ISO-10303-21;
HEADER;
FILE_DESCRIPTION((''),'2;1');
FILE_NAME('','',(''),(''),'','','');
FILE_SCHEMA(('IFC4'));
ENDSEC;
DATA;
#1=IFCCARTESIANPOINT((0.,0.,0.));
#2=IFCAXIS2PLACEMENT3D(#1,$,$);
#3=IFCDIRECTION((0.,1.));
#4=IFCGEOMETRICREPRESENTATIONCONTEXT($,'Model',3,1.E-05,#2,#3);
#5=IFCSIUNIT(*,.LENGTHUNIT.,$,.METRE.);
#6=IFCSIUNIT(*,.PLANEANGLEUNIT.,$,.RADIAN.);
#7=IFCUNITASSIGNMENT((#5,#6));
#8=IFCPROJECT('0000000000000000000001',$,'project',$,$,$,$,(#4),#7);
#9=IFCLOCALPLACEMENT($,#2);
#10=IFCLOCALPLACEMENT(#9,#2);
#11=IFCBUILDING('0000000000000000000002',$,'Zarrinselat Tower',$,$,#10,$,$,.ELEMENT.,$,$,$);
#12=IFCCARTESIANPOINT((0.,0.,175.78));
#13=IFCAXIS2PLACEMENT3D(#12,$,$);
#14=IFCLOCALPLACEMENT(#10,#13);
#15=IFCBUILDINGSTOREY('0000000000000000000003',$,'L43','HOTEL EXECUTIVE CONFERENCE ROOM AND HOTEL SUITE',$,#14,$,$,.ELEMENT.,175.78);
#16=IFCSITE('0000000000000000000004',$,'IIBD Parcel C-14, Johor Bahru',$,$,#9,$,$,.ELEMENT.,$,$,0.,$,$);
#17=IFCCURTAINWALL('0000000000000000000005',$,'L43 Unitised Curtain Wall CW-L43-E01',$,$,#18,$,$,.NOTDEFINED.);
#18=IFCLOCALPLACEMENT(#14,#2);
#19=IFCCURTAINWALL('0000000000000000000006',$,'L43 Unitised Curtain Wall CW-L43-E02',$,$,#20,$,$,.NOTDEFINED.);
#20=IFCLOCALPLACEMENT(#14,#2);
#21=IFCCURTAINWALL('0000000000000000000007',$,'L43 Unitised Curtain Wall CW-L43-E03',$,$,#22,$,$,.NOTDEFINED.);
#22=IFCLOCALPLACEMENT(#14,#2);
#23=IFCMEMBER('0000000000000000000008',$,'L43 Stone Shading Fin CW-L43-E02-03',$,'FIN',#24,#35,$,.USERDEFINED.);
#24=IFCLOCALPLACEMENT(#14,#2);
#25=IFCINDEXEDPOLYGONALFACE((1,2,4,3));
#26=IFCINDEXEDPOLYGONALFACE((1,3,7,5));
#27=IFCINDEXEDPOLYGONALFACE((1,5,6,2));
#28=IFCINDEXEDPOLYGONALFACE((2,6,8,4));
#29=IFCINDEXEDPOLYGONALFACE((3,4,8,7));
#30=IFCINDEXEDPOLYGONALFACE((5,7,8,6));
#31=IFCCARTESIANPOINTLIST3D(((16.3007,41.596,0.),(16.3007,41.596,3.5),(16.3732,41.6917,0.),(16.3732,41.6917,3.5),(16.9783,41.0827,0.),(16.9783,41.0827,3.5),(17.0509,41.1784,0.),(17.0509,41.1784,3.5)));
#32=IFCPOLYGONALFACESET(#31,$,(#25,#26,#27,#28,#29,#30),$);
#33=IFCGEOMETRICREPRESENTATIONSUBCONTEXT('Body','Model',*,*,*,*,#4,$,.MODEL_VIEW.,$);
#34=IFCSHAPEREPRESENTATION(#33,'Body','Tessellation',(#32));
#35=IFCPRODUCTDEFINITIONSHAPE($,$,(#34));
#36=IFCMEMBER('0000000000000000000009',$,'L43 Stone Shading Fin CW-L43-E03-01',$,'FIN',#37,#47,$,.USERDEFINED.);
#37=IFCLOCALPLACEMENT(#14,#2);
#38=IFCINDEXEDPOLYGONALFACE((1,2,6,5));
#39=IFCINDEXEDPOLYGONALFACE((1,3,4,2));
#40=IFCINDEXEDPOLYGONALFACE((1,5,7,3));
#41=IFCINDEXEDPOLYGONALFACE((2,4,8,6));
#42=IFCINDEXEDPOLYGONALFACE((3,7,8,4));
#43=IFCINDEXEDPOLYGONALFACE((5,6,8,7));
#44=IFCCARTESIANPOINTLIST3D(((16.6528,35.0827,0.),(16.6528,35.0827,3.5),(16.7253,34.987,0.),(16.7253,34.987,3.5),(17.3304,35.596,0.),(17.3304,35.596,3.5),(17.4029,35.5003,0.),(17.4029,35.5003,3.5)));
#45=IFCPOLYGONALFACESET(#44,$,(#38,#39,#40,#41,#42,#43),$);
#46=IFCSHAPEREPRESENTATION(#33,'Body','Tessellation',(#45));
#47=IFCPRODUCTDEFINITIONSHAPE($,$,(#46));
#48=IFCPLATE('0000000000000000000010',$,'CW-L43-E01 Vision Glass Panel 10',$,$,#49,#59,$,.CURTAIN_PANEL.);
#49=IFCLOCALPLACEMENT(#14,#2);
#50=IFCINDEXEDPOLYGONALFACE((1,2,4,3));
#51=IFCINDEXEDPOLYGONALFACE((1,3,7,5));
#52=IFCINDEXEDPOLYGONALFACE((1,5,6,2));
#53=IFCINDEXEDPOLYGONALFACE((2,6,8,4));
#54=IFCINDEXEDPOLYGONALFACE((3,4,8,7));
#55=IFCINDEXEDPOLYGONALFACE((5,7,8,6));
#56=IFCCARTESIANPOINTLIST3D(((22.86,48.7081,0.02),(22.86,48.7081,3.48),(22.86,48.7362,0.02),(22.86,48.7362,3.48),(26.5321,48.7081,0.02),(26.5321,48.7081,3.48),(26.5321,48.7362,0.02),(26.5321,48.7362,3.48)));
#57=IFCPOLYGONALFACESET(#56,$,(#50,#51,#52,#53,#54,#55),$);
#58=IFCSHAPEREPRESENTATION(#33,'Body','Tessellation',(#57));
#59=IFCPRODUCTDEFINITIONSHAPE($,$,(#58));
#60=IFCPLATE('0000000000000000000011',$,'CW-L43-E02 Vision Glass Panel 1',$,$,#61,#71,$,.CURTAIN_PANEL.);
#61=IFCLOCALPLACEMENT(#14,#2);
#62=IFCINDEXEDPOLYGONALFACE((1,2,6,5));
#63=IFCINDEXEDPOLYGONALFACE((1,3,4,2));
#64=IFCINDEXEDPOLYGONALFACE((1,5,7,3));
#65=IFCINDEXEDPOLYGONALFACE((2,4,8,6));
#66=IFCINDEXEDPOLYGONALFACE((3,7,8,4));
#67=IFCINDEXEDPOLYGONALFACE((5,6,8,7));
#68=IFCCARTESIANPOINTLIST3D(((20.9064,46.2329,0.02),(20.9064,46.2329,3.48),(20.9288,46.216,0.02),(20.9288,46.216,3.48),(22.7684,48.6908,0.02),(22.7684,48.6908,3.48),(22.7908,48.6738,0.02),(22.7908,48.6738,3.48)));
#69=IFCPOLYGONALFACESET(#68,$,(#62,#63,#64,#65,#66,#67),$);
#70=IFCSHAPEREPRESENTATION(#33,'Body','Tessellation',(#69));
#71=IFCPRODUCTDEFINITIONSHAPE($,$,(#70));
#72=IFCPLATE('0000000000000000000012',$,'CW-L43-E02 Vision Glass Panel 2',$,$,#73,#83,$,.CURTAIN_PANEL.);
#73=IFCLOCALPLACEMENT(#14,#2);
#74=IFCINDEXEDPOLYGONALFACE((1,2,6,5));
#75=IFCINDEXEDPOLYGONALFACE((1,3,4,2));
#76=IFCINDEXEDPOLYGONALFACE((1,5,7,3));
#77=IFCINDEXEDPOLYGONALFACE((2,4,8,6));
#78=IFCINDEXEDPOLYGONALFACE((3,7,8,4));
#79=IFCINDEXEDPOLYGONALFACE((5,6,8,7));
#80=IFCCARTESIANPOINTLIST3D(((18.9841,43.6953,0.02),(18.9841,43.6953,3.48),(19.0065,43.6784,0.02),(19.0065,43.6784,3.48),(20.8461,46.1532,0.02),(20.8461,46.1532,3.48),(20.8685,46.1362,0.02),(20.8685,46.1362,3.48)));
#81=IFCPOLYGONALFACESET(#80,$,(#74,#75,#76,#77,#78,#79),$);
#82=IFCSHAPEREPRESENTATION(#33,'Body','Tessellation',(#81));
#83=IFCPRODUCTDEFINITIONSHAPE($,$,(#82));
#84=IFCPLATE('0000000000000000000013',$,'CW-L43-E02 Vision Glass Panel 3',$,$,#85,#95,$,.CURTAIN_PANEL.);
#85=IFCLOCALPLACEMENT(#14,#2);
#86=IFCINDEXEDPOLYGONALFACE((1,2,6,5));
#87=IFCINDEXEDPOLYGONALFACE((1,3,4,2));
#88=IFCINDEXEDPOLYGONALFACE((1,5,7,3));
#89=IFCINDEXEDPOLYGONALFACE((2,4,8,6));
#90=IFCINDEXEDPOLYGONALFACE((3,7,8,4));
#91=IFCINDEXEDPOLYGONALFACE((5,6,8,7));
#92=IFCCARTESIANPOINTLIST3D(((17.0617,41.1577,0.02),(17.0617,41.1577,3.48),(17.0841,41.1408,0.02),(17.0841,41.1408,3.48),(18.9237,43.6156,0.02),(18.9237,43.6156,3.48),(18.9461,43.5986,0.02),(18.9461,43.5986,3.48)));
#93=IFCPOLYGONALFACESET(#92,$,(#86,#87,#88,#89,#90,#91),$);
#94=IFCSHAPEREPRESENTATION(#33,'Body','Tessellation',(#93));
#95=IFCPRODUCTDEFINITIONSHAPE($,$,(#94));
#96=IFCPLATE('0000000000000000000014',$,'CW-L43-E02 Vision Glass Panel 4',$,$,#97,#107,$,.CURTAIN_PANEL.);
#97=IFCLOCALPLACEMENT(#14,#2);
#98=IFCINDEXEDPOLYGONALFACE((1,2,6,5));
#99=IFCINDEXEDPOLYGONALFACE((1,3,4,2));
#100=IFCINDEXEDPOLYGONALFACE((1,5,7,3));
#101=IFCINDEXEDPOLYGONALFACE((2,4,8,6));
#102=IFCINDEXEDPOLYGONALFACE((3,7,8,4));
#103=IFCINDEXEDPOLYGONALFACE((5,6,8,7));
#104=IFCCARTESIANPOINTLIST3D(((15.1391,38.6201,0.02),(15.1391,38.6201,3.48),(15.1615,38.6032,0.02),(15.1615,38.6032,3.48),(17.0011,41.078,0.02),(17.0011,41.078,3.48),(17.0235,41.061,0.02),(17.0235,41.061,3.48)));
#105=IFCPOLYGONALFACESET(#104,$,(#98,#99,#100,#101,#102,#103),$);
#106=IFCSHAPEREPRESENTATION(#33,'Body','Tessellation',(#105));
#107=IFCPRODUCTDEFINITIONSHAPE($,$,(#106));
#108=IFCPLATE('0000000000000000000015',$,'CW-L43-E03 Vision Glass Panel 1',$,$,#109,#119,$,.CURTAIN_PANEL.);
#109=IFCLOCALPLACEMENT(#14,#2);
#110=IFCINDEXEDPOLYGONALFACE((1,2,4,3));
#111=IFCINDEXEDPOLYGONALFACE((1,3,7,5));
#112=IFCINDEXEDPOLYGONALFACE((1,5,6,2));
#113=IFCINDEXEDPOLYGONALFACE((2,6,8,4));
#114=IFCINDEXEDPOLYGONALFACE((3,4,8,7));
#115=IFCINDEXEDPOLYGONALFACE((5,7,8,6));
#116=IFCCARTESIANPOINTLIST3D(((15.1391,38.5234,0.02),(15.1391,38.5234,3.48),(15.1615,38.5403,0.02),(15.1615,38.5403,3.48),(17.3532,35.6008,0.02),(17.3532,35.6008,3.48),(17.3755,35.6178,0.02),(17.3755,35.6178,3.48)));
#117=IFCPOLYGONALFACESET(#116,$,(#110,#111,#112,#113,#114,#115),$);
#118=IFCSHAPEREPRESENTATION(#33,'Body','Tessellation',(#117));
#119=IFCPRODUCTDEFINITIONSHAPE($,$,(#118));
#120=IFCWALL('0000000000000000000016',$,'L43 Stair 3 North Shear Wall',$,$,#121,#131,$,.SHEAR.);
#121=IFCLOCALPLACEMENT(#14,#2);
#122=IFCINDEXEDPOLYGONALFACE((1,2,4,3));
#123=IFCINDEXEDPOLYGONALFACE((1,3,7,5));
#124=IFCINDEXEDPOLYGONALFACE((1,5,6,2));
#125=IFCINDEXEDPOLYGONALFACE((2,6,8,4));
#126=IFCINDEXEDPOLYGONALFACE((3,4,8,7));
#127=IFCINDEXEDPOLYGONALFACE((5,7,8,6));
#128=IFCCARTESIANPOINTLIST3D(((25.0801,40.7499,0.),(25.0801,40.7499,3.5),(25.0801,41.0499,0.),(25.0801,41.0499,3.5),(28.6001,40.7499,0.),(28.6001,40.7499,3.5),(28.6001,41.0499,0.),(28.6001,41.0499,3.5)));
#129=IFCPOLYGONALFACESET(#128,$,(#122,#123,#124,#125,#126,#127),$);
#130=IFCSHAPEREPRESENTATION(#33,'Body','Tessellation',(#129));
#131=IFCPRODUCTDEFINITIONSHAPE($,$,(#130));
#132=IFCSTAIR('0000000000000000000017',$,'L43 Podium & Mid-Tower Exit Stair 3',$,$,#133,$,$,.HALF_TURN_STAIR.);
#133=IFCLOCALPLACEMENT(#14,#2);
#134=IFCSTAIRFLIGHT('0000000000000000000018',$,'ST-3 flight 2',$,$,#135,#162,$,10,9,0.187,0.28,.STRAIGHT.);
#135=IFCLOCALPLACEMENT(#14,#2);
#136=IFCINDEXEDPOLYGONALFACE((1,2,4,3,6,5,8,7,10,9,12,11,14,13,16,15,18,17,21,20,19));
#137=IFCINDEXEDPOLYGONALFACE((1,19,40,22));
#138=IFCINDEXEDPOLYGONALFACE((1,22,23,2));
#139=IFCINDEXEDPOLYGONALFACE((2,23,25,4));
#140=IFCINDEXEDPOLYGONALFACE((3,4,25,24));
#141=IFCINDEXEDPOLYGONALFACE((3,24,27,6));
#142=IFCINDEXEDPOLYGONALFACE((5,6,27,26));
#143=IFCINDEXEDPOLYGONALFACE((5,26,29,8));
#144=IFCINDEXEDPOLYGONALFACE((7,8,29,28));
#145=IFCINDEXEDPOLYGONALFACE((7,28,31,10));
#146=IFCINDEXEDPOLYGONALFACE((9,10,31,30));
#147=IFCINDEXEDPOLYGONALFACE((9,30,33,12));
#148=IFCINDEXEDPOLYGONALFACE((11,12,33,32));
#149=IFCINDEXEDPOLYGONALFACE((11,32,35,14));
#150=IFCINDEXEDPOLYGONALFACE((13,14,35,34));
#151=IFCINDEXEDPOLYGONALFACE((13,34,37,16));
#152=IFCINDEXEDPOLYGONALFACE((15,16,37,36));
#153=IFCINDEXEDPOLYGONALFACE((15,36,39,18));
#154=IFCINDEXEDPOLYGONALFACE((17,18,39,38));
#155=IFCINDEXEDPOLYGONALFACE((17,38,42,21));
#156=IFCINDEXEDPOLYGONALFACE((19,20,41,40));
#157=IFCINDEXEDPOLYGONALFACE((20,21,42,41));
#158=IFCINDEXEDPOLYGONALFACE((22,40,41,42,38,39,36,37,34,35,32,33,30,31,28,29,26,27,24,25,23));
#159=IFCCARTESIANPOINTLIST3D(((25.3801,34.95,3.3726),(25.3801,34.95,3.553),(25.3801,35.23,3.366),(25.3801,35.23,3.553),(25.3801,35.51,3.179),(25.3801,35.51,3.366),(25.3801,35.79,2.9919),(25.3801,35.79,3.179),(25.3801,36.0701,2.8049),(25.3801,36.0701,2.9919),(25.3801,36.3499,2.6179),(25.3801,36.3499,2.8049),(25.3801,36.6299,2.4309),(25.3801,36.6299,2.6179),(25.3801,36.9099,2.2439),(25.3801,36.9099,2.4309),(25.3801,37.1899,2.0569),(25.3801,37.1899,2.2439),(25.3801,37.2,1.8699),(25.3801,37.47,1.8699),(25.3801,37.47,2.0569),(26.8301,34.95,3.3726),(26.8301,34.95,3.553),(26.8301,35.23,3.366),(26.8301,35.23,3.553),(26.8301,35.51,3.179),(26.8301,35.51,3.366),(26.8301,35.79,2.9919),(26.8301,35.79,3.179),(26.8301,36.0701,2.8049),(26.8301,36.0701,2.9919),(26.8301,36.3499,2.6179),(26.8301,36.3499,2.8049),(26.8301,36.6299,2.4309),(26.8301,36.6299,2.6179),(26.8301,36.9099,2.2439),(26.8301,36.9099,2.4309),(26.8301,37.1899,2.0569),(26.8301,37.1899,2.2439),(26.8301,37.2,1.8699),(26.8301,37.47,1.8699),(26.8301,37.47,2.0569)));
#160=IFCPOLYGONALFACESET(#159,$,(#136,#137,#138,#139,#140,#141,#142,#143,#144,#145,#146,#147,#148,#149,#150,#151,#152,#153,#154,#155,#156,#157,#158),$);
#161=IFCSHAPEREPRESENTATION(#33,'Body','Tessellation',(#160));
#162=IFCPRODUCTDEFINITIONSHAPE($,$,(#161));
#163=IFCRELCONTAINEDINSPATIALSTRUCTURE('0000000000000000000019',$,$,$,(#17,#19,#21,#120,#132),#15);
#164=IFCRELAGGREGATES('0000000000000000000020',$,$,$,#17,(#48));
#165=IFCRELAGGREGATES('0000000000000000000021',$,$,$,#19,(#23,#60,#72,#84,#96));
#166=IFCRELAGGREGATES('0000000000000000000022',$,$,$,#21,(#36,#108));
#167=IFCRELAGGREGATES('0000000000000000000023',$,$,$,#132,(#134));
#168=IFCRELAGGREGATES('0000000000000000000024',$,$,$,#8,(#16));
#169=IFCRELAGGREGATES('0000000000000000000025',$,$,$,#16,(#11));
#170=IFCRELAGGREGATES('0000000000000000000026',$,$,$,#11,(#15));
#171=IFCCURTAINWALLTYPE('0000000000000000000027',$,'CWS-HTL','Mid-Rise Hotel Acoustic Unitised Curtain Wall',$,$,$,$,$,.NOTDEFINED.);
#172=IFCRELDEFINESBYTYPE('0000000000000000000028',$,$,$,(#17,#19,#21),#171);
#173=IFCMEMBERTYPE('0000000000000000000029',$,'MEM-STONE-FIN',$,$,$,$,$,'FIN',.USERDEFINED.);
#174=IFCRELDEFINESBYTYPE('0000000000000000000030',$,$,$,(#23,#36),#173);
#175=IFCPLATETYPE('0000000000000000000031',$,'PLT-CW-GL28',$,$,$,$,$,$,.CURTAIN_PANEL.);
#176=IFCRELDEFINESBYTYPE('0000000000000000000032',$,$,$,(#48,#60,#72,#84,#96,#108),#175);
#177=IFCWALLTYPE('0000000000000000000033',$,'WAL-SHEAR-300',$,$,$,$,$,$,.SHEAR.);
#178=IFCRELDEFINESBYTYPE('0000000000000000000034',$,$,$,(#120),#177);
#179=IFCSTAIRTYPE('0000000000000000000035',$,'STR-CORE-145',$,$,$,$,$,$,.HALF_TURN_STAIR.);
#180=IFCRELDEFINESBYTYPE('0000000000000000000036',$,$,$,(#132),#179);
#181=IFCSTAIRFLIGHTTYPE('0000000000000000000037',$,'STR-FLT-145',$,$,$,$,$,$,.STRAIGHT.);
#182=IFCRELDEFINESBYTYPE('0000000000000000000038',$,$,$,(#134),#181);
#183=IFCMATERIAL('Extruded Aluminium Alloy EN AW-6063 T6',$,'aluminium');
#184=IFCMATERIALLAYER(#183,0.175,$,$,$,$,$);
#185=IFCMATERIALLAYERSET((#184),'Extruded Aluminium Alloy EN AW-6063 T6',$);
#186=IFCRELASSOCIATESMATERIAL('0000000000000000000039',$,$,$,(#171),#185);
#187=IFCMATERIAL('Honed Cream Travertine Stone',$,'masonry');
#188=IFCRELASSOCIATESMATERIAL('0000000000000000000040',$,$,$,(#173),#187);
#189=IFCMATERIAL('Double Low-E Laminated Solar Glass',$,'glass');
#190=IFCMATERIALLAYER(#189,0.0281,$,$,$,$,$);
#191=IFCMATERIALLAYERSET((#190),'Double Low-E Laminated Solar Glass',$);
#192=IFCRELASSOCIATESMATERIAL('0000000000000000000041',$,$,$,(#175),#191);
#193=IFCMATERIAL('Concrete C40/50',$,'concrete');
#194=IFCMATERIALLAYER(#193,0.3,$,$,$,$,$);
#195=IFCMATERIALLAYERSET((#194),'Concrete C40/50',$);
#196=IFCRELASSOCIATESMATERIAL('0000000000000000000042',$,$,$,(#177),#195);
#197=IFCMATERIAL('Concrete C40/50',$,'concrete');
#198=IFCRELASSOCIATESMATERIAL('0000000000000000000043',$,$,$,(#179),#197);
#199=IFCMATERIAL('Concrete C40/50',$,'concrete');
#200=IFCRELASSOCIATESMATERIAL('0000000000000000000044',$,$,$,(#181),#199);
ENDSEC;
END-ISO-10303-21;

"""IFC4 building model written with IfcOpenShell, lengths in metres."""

from ifc_helpers import new_model, si_unit, direction, frame, frame_2d, origin, origin_2d, place, context, subcontext, project, spatial, polyline, rectangle, outline, extrude, material, layer, layer_set, material_profile, profile_set, type_object, element, aggregate, save


model = new_model("IFC4")

# Units and contexts
model_context = context("Model", 3, precision=1e-05, world=origin(), true_north=direction((0.0, 1.0)))
body_context = subcontext(model_context, "Body", "Model", "MODEL_VIEW")
ifc_project = project(units=[si_unit("LENGTHUNIT", "METRE"), si_unit("PLANEANGLEUNIT", "RADIAN")], contexts=[model_context])

# Site, building, storey
site_placement = place(None, origin())
site = spatial("IfcSite", under=ifc_project, at=site_placement, Name="IIBD Parcel C-14, Johor Bahru", CompositionType="ELEMENT", RefElevation=0.0)
building_placement = place(site_placement, origin())
building = spatial("IfcBuilding", under=site, at=building_placement, Name="Zarrinselat Tower", CompositionType="ELEMENT")
storey_placement = place(building_placement, frame((0.0, 0.0, 175.78)))
storey = spatial("IfcBuildingStorey", under=building, at=storey_placement, Name="L43", Description="HOTEL EXECUTIVE CONFERENCE ROOM AND HOTEL SUITE", CompositionType="ELEMENT", Elevation=175.78)

# Curtain walls
ifc_material_1 = material(Name="Extruded Aluminium Alloy EN AW-6063 T6", Category="aluminium")
ifc_layer_1 = layer(ifc_material_1, 0.175)
ifc_layer_set_1 = layer_set([ifc_layer_1], Name="Extruded Aluminium Alloy EN AW-6063 T6")
curtain_wall_type = type_object("IfcCurtainWallType", Name="CWS-HTL", Description="Mid-Rise Hotel Acoustic Unitised Curtain Wall", PredefinedType="NOTDEFINED", material=ifc_layer_set_1)
curtain_wall_1_placement = place(storey_placement, origin())
curtain_wall_1 = element("IfcCurtainWall", 1, at=curtain_wall_1_placement, inside=storey, type_object=curtain_wall_type, Name="L43 Unitised Curtain Wall CW-L43-E01", PredefinedType="NOTDEFINED")
curtain_wall_2_placement = place(storey_placement, origin())
curtain_wall_2 = element("IfcCurtainWall", 2, at=curtain_wall_2_placement, inside=storey, type_object=curtain_wall_type, Name="L43 Unitised Curtain Wall CW-L43-E02", PredefinedType="NOTDEFINED")

# Curtain wall
curtain_wall_3_placement = place(storey_placement, origin())
curtain_wall_3 = element("IfcCurtainWall", 3, at=curtain_wall_3_placement, inside=storey, type_object=curtain_wall_type, Name="L43 Unitised Curtain Wall CW-L43-E03", PredefinedType="NOTDEFINED")

# Members
ifc_material_2 = material(Name="Honed Cream Travertine Stone", Category="masonry")
ifc_material_profile_1 = material_profile(ifc_material_2, rectangle(XDim=0.1201, YDim=0.8501, at=origin_2d()), Name="FIN 850x120")
ifc_profile_set_1 = profile_set([ifc_material_profile_1], Name="Honed Cream Travertine Stone")
member_type_1 = type_object("IfcMemberType", Name="MEM-STONE-FIN", ElementType="FIN", PredefinedType="USERDEFINED", material=ifc_profile_set_1)
member_1_placement = place(storey_placement, frame((16.6758, 41.3872, 0.0), z_axis=(0.0, 0.0, 1.0), x_axis=(0.603859, 0.797091, 0.0)))
member_1 = element("IfcMember", 4, at=member_1_placement, type_object=member_type_1, Name="L43 Stone Shading Fin CW-L43-E02-03", ObjectType="FIN", PredefinedType="USERDEFINED", context=body_context, shape_type="SweptSolid", body=[
    extrude(rectangle(XDim=0.1201, YDim=0.8501, at=origin_2d()), origin(), (0.0, 0.0, 1.0), 3.5),
])
member_2_placement = place(storey_placement, frame((17.0278, 35.2915, 0.0), z_axis=(0.0, 0.0, 1.0), x_axis=(-0.603857, 0.797092, 0.0)))
member_2 = element("IfcMember", 5, at=member_2_placement, type_object=member_type_1, Name="L43 Stone Shading Fin CW-L43-E03-01", ObjectType="FIN", PredefinedType="USERDEFINED", context=body_context, shape_type="SweptSolid", body=[
    extrude(rectangle(XDim=0.1201, YDim=0.8501, at=origin_2d()), origin(), (0.0, 0.0, 1.0), 3.5),
])

# Plates
ifc_material_3 = material(Name="Double Low-E Laminated Solar Glass", Category="glass")
ifc_layer_2 = layer(ifc_material_3, 0.0281)
ifc_layer_set_2 = layer_set([ifc_layer_2], Name="Double Low-E Laminated Solar Glass")
plate_type = type_object("IfcPlateType", Name="PLT-CW-GL28", PredefinedType="CURTAIN_PANEL", material=ifc_layer_set_2)
plate_1_placement = place(storey_placement, frame((24.696, 48.7222, 0.02), z_axis=(0.0, 0.0, 1.0), x_axis=(-1.0, 0.0, 0.0)))
plate_1 = element("IfcPlate", 6, at=plate_1_placement, type_object=plate_type, Name="CW-L43-E01 Vision Glass Panel 10", PredefinedType="CURTAIN_PANEL", context=body_context, shape_type="SweptSolid", body=[
    extrude(rectangle(XDim=3.6721, YDim=0.0281, at=origin_2d()), origin(), (0.0, 0.0, 1.0), 3.46),
])
aggregate(curtain_wall_1, [plate_1])
plate_2_placement = place(storey_placement, frame((21.8486, 47.4534, 0.02), z_axis=(0.0, 0.0, 1.0), x_axis=(-0.603859, -0.797091, 0.0)))
plate_2 = element("IfcPlate", 7, at=plate_2_placement, type_object=plate_type, Name="CW-L43-E02 Vision Glass Panel 1", PredefinedType="CURTAIN_PANEL", context=body_context, shape_type="SweptSolid", body=[
    extrude(rectangle(XDim=3.0835, YDim=0.0281, at=origin_2d()), origin(), (0.0, 0.0, 1.0), 3.46),
])
plate_3_placement = place(storey_placement, frame((19.9263, 44.9158, 0.02), z_axis=(0.0, 0.0, 1.0), x_axis=(-0.603859, -0.797091, 0.0)))
plate_3 = element("IfcPlate", 8, at=plate_3_placement, type_object=plate_type, Name="CW-L43-E02 Vision Glass Panel 2", PredefinedType="CURTAIN_PANEL", context=body_context, shape_type="SweptSolid", body=[
    extrude(rectangle(XDim=3.0835, YDim=0.0281, at=origin_2d()), origin(), (0.0, 0.0, 1.0), 3.46),
])
plate_4_placement = place(storey_placement, frame((18.0039, 42.3782, 0.02), z_axis=(0.0, 0.0, 1.0), x_axis=(-0.603859, -0.797091, 0.0)))
plate_4 = element("IfcPlate", 9, at=plate_4_placement, type_object=plate_type, Name="CW-L43-E02 Vision Glass Panel 3", PredefinedType="CURTAIN_PANEL", context=body_context, shape_type="SweptSolid", body=[
    extrude(rectangle(XDim=3.0835, YDim=0.0281, at=origin_2d()), origin(), (0.0, 0.0, 1.0), 3.46),
])
plate_5_placement = place(storey_placement, frame((16.0813, 39.8406, 0.02), z_axis=(0.0, 0.0, 1.0), x_axis=(-0.603859, -0.797091, 0.0)))
plate_5 = element("IfcPlate", 10, at=plate_5_placement, type_object=plate_type, Name="CW-L43-E02 Vision Glass Panel 4", PredefinedType="CURTAIN_PANEL", context=body_context, shape_type="SweptSolid", body=[
    extrude(rectangle(XDim=3.0835, YDim=0.0281, at=origin_2d()), origin(), (0.0, 0.0, 1.0), 3.46),
])
aggregate(curtain_wall_2, [member_1, plate_2, plate_3, plate_4, plate_5])
plate_6_placement = place(storey_placement, frame((16.2573, 37.0706, 0.02), z_axis=(0.0, 0.0, 1.0), x_axis=(0.603857, -0.797092, 0.0)))
plate_6 = element("IfcPlate", 11, at=plate_6_placement, type_object=plate_type, Name="CW-L43-E03 Vision Glass Panel 1", PredefinedType="CURTAIN_PANEL", context=body_context, shape_type="SweptSolid", body=[
    extrude(rectangle(XDim=3.6665, YDim=0.0281, at=origin_2d()), origin(), (0.0, 0.0, 1.0), 3.46),
])
aggregate(curtain_wall_3, [member_2, plate_6])

# Wall
ifc_material_4 = material(Name="Concrete C40/50", Category="concrete")
ifc_layer_3 = layer(ifc_material_4, 0.3)
ifc_layer_set_3 = layer_set([ifc_layer_3], Name="Concrete C40/50")
wall_type = type_object("IfcWallType", Name="WAL-SHEAR-300", PredefinedType="SHEAR", material=ifc_layer_set_3)
wall_placement = place(storey_placement, frame((25.0801, 40.8999, 0.0), z_axis=(0.0, 0.0, 1.0), x_axis=(1.0, 0.0, 0.0)))
element("IfcWall", 12, at=wall_placement, inside=storey, type_object=wall_type, Name="L43 Stair 3 North Shear Wall", PredefinedType="SHEAR", context=body_context, shape_type="SweptSolid", body=[
    extrude(rectangle(XDim=3.52, YDim=0.3, at=frame_2d((1.76, 0.0))), origin(), (0.0, 0.0, 1.0), 3.5),
])

# Stair, stair flight
ifc_material_5 = material(Name="Concrete C40/50", Category="concrete")
stair_type = type_object("IfcStairType", Name="STR-CORE-145", PredefinedType="HALF_TURN_STAIR", material=ifc_material_5)
stair_placement = place(storey_placement, origin())
stair = element("IfcStair", 13, at=stair_placement, inside=storey, type_object=stair_type, Name="L43 Podium & Mid-Tower Exit Stair 3", PredefinedType="HALF_TURN_STAIR")
ifc_material_6 = material(Name="Concrete C40/50", Category="concrete")
stair_flight_type = type_object("IfcStairFlightType", Name="STR-FLT-145", PredefinedType="STRAIGHT", material=ifc_material_6)
stair_flight_placement = place(storey_placement, frame((26.105, 37.47, 1.8699), z_axis=(0.0, 0.0, 1.0), x_axis=(0.0, -1.0, 0.0)))
stair_flight = element("IfcStairFlight", 14, at=stair_flight_placement, type_object=stair_flight_type, Name="ST-3 flight 2", NumberOfRisers=10, NumberOfTreads=9, PredefinedType="STRAIGHT", RiserHeight=0.187, TreadLength=0.28, context=body_context, shape_type="SweptSolid", body=[
    extrude(outline(polyline([(0.0, 0.0), (0.0, 0.187), (0.28, 0.187), (0.28, 0.374), (0.5601, 0.374), (0.5601, 0.561), (0.8401, 0.561), (0.8401, 0.748), (1.1201, 0.748), (1.1201, 0.9351), (1.3999, 0.9351), (1.3999, 1.1221), (1.6799, 1.1221), (1.6799, 1.3091), (1.96, 1.3091), (1.96, 1.4961), (2.24, 1.4961), (2.24, 1.6831), (2.52, 1.6831), (2.52, 1.8701), (2.52, 1.5027), (0.27, 0.0), (0.0, 0.0)])), frame((0.0, 0.7251, 0.0), z_axis=(0.0, -1.0, 0.0), x_axis=(1.0, 0.0, 0.0)), (0.0, 0.0, 1.0), 1.45),
])
aggregate(stair, [stair_flight])

save(model, "model.ifc")
